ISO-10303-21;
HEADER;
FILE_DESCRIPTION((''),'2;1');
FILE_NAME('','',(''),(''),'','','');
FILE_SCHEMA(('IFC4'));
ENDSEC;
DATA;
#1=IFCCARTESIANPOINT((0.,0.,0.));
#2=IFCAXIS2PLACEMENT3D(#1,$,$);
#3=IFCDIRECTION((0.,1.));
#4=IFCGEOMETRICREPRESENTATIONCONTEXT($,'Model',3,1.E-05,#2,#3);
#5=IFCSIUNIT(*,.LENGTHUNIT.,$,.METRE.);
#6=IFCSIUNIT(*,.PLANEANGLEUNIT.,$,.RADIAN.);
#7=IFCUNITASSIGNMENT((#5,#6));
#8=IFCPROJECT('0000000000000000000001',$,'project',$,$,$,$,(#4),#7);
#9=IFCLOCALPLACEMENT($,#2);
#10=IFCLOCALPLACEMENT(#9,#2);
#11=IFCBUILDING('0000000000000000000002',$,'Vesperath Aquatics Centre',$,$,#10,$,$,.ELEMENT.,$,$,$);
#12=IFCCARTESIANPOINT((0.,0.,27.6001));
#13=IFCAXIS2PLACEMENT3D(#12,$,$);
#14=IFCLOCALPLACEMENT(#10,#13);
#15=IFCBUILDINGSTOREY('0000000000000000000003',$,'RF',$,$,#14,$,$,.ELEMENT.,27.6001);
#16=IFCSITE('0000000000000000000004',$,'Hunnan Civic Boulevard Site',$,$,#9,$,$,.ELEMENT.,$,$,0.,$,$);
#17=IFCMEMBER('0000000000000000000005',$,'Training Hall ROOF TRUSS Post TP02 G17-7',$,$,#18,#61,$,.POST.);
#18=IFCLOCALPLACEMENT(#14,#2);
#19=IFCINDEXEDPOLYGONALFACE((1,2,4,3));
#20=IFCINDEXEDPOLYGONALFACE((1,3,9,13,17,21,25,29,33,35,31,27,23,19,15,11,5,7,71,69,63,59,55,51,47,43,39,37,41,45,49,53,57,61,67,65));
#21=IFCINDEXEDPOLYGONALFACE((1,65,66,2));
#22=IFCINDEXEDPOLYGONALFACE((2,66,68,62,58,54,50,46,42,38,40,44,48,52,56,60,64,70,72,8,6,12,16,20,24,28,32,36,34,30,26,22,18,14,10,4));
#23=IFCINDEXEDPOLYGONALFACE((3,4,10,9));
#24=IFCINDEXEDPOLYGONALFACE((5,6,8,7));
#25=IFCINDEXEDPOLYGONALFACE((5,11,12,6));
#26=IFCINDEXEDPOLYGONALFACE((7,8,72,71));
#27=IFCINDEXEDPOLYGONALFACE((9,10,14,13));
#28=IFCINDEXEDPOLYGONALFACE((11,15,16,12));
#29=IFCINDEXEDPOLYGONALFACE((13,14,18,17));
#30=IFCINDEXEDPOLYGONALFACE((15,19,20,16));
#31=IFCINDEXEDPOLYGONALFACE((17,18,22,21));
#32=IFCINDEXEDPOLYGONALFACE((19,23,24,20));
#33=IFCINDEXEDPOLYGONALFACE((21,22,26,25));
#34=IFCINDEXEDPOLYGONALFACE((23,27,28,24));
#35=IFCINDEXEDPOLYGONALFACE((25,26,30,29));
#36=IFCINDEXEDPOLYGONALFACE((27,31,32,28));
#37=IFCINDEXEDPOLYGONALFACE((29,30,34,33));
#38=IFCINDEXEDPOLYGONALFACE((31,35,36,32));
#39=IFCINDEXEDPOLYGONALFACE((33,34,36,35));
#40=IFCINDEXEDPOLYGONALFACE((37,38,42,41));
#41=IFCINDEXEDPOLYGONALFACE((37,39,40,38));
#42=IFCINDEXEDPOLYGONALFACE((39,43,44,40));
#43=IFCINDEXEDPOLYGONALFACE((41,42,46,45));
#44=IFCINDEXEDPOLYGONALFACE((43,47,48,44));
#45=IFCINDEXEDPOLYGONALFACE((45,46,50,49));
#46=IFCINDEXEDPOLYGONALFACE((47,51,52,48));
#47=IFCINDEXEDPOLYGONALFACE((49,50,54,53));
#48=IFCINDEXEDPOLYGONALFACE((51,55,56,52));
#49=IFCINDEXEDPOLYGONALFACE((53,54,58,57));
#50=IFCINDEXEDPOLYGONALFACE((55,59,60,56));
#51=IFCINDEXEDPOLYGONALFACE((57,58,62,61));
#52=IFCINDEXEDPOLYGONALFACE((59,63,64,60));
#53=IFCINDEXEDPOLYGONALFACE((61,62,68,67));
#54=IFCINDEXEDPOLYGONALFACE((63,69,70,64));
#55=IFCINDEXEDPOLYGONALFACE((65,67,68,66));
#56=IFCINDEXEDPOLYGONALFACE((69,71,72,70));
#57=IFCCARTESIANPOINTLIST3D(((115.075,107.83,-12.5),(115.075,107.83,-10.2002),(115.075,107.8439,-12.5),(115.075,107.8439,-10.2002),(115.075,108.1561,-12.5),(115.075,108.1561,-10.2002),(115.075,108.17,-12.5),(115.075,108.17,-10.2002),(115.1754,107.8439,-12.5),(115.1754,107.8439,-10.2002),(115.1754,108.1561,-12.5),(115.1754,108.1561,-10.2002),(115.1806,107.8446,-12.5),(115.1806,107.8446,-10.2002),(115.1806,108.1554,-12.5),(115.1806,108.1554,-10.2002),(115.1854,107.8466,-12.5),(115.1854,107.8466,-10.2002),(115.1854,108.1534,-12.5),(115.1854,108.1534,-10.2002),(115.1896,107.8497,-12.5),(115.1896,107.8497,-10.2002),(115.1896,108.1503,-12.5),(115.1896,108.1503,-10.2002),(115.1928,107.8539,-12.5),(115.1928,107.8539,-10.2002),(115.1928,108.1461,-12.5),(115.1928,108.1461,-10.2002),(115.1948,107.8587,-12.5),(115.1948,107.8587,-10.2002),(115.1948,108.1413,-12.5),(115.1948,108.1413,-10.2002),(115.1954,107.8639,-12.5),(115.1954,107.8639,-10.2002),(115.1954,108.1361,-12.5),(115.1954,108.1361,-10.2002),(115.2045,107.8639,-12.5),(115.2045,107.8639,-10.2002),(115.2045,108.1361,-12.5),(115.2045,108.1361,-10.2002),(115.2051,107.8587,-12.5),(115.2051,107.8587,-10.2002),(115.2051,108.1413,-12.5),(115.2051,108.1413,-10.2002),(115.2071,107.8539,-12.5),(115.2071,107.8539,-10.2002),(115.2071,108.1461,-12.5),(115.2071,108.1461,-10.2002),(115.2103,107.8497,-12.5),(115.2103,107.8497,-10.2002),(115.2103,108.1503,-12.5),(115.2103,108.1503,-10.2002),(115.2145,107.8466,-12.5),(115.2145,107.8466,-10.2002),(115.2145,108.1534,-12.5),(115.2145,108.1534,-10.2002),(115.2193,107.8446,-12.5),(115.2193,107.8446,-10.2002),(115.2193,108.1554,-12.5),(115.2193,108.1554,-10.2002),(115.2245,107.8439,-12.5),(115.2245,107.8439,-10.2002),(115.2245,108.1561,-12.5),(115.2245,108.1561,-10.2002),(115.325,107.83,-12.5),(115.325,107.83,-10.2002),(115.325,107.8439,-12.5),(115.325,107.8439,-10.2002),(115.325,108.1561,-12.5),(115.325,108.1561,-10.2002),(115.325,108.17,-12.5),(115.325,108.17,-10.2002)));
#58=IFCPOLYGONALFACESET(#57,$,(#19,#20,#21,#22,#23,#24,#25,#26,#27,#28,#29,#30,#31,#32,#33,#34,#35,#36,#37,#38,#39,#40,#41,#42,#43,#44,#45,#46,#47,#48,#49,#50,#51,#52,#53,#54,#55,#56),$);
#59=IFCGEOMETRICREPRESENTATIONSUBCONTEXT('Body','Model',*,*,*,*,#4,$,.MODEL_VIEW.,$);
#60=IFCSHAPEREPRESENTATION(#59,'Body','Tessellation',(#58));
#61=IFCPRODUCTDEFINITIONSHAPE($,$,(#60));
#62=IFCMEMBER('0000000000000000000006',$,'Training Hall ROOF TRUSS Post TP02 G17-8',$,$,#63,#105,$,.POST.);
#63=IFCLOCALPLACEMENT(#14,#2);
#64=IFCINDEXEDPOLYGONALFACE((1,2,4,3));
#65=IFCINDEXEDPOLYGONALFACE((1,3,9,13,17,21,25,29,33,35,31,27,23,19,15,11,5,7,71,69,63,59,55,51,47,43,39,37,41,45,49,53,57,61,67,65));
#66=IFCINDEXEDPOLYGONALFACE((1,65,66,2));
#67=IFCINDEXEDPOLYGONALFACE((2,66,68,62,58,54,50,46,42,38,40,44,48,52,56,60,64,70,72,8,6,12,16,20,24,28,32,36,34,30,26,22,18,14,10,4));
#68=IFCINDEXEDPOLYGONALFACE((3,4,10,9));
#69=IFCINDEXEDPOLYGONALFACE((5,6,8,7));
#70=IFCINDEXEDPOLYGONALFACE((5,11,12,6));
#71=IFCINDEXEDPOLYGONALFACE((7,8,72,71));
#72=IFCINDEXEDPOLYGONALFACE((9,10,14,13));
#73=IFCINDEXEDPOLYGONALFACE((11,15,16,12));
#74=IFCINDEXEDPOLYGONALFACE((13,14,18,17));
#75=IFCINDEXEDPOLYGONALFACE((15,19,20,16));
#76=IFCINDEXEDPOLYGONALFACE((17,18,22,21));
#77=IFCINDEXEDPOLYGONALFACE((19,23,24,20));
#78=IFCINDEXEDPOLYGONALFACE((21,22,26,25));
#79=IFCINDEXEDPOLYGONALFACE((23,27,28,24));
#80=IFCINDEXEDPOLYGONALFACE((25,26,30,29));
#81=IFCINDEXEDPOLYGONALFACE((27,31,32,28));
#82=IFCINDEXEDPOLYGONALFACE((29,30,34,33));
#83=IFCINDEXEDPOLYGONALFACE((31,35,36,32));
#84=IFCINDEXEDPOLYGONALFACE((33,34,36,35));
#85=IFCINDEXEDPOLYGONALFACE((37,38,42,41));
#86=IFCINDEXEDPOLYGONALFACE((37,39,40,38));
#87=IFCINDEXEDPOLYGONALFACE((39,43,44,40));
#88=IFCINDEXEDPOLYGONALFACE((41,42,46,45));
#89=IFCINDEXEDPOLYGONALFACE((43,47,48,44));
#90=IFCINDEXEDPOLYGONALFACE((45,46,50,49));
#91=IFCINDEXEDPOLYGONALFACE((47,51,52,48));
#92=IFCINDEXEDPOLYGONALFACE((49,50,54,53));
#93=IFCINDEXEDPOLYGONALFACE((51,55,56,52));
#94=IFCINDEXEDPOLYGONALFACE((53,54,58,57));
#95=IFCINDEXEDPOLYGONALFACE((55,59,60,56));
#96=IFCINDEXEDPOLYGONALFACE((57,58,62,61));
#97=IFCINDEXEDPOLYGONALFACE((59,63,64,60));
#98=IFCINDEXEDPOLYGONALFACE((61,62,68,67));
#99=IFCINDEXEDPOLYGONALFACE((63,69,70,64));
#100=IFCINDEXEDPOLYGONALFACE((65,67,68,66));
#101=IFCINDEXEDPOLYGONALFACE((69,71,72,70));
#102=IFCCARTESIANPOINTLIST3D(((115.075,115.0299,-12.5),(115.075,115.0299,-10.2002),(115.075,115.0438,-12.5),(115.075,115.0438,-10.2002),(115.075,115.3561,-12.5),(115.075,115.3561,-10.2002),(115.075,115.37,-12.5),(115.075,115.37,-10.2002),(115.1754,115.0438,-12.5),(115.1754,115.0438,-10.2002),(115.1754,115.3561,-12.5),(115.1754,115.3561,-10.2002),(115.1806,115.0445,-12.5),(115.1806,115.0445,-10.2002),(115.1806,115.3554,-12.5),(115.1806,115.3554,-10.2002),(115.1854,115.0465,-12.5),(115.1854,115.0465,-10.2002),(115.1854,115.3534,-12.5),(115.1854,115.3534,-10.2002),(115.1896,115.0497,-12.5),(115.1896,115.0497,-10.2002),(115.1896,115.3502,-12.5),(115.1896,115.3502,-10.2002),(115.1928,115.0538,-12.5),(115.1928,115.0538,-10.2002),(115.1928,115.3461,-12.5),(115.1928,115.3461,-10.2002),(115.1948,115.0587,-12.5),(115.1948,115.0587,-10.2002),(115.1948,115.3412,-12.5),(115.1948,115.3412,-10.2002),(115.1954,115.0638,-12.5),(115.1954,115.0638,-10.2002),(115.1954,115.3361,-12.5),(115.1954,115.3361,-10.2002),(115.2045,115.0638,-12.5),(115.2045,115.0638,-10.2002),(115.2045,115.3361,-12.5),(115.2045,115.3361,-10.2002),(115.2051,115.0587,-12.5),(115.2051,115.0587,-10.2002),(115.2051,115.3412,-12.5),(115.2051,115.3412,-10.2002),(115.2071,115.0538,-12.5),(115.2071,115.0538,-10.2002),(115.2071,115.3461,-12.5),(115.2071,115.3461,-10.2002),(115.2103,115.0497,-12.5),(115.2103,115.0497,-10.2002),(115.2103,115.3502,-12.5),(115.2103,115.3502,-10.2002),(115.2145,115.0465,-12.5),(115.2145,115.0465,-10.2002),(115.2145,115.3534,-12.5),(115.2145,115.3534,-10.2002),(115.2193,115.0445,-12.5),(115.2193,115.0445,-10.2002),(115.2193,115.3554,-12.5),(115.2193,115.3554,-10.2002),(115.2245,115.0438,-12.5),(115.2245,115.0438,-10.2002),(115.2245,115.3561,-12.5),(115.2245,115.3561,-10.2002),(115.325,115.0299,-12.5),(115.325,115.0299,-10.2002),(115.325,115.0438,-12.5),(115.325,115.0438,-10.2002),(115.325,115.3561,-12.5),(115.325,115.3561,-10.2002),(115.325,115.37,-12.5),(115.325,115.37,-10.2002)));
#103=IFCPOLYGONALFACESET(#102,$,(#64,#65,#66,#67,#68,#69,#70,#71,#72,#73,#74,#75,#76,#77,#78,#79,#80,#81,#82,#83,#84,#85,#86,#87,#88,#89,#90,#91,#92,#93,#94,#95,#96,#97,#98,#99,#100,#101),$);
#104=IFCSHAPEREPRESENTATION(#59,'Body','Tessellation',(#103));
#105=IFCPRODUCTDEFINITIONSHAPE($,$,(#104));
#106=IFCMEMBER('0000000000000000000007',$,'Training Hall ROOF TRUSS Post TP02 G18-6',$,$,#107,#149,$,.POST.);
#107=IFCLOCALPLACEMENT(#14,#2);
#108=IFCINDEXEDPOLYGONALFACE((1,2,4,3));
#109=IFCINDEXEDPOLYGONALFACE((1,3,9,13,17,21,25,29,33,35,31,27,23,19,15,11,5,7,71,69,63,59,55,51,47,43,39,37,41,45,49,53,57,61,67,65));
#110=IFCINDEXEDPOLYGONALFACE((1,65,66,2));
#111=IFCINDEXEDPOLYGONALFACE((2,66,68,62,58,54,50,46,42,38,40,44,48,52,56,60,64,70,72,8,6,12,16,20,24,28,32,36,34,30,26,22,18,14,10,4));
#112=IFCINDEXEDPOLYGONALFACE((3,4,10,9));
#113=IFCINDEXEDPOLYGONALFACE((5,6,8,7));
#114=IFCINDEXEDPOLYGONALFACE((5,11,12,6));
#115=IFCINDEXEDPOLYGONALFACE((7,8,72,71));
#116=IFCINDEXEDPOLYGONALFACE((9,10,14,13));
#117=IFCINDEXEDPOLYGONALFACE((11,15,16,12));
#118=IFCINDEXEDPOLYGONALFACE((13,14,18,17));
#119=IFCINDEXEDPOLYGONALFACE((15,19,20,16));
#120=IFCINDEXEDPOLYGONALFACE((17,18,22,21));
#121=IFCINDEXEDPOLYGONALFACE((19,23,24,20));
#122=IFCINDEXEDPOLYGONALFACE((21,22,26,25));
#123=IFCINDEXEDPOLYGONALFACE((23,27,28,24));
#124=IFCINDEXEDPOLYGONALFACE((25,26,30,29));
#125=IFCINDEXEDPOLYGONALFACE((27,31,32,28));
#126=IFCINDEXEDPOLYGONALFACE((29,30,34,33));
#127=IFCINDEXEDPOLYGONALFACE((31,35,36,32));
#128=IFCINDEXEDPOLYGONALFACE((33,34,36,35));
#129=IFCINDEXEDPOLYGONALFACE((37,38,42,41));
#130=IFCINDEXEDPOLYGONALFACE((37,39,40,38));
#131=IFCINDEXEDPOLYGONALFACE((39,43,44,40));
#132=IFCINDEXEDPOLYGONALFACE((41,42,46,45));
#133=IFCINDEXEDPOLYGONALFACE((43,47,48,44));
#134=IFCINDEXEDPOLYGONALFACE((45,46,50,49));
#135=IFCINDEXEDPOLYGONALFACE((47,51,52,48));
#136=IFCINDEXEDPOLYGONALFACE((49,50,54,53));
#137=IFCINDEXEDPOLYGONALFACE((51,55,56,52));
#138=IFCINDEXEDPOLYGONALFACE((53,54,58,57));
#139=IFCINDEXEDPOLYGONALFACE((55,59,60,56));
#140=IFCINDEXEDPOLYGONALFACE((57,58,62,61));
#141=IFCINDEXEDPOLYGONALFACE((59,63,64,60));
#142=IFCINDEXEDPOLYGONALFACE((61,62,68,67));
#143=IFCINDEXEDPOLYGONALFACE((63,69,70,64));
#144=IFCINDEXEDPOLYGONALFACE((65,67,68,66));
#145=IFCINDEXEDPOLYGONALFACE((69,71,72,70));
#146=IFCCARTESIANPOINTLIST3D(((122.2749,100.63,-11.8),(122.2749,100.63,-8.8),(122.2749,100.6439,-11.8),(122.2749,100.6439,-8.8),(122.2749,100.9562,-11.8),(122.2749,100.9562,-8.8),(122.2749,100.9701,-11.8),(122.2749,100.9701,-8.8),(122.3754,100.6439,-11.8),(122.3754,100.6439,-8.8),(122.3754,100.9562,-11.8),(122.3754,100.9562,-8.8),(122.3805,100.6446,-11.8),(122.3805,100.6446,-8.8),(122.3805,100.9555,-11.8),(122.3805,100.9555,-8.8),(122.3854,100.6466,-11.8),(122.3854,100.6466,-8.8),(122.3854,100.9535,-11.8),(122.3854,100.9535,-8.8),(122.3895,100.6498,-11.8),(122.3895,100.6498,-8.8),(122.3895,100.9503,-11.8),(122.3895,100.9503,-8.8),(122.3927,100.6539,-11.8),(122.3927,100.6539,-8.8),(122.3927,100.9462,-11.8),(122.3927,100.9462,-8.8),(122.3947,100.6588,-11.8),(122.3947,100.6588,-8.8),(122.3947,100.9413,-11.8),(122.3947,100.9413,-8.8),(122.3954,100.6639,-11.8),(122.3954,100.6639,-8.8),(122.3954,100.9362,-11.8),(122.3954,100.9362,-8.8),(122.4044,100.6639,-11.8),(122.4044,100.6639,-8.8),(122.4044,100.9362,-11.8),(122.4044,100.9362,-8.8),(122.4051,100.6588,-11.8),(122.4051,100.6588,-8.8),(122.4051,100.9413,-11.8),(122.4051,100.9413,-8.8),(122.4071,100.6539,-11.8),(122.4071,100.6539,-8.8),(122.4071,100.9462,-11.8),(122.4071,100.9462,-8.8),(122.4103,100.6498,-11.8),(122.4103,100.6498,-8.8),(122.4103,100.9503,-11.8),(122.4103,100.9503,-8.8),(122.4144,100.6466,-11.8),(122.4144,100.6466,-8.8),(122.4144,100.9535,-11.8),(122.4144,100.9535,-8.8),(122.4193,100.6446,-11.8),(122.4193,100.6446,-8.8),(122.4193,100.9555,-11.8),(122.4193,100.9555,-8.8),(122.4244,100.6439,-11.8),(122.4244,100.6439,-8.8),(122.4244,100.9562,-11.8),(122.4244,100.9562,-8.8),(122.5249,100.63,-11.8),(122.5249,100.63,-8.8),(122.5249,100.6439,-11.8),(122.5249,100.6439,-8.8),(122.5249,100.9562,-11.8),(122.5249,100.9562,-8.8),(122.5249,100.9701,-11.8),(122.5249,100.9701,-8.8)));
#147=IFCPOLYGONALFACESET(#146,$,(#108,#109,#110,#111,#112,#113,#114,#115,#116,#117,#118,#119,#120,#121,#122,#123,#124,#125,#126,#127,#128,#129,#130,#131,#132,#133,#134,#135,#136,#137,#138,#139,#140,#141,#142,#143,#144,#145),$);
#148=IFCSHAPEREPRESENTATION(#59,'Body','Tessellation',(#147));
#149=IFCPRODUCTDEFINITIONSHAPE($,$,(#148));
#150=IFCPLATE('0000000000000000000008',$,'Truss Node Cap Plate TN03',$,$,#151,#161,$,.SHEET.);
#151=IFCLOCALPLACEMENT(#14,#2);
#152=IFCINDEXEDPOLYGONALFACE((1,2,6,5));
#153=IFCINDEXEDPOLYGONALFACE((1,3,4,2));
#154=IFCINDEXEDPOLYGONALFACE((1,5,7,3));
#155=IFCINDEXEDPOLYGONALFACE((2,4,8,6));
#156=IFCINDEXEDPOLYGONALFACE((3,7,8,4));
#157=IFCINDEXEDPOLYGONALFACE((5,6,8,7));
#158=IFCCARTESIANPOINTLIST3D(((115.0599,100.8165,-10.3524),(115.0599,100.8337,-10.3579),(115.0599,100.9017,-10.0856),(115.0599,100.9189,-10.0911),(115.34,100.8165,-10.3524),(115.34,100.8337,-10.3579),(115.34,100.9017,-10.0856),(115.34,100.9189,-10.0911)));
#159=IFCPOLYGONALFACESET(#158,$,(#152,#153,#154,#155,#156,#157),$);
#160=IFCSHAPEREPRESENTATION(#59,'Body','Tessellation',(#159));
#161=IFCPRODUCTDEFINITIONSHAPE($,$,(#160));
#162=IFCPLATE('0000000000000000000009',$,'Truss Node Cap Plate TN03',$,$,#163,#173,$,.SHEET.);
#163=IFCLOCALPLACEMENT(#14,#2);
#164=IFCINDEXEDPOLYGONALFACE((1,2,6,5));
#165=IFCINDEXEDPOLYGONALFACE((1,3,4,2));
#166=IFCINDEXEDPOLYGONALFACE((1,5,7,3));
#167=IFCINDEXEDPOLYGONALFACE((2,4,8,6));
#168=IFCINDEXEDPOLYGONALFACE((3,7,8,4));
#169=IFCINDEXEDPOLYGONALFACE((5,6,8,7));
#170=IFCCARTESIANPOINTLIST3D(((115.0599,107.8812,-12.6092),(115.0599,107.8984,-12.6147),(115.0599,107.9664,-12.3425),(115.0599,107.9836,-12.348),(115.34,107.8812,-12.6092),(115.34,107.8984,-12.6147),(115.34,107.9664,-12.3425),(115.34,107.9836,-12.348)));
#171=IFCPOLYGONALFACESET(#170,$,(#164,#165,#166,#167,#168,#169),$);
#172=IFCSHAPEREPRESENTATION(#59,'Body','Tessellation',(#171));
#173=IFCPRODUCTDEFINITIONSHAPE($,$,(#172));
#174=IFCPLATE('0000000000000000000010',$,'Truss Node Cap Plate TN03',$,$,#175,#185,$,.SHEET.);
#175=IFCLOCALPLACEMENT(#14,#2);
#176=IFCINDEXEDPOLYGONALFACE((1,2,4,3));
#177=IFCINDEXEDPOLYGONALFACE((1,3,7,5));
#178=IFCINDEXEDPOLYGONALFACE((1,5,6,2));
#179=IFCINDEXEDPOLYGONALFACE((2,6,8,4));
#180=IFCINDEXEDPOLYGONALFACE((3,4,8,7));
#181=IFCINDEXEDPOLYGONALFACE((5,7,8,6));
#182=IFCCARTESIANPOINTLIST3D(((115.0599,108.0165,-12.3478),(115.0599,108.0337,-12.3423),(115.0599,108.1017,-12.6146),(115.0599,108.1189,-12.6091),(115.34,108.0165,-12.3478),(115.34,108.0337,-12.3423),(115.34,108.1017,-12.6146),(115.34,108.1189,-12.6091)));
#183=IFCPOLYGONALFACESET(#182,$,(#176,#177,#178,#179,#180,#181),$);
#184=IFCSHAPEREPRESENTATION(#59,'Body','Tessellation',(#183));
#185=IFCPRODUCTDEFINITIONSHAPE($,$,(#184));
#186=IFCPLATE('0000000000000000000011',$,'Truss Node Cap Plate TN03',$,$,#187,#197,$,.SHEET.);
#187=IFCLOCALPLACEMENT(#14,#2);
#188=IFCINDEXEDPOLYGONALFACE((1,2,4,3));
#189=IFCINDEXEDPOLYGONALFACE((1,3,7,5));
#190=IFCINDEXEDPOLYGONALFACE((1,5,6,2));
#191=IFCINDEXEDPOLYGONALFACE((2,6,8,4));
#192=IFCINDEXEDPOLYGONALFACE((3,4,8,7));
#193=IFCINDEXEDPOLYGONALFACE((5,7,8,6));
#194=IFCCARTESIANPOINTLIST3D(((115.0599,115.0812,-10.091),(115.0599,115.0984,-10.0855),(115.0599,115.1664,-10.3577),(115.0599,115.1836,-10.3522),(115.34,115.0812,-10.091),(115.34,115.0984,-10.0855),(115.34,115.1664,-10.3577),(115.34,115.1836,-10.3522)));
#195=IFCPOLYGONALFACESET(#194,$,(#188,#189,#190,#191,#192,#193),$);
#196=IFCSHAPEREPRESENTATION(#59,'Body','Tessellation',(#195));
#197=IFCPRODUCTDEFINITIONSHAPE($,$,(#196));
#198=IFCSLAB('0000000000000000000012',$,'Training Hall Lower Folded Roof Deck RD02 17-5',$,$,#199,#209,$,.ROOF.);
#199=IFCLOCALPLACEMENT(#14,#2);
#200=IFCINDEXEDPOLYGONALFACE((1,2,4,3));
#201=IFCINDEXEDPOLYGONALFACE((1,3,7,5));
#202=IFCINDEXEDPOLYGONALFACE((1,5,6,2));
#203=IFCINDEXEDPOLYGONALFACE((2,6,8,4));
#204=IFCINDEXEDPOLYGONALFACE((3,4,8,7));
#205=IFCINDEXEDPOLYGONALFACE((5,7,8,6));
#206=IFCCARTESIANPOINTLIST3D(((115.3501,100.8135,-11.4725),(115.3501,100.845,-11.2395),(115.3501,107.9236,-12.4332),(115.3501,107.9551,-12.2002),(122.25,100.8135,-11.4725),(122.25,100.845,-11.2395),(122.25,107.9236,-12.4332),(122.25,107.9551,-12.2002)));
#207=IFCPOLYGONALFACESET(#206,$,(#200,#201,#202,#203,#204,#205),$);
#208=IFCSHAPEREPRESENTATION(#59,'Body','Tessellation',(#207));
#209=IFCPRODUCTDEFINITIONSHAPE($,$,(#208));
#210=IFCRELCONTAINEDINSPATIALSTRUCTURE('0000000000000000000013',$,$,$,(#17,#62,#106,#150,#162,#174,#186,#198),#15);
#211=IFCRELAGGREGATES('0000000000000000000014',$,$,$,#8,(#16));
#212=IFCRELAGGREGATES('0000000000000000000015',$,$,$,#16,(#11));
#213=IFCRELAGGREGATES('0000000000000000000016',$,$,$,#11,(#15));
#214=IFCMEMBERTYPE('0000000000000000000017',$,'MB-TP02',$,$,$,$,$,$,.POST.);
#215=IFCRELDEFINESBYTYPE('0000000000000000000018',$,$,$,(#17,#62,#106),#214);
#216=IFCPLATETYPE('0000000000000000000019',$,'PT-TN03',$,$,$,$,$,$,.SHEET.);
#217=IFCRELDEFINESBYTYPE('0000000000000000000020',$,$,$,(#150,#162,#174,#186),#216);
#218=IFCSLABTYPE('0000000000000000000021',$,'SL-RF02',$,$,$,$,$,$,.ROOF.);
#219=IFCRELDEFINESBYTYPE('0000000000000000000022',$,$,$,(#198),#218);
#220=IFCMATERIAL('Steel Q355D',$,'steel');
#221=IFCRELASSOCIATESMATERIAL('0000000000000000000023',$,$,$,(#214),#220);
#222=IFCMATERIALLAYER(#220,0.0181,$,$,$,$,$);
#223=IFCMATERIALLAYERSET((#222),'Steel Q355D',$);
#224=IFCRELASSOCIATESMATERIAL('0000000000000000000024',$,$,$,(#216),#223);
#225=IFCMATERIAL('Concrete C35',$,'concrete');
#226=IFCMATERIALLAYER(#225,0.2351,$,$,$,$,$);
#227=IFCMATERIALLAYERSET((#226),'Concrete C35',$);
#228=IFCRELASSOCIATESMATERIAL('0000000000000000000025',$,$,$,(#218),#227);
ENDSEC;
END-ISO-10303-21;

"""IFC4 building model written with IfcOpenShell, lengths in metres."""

from ifc_helpers import new_model, si_unit, direction, frame, origin, origin_2d, place, context, subcontext, project, spatial, polyline, rectangle, i_section, outline, extrude, material, layer, layer_set, material_profile, profile_set, type_object, element, save


model = new_model("IFC4")

# Units and contexts
model_context = context("Model", 3, precision=1e-05, world=origin(), true_north=direction((0.0, 1.0)))
body_context = subcontext(model_context, "Body", "Model", "MODEL_VIEW")
ifc_project = project(units=[si_unit("LENGTHUNIT", "METRE"), si_unit("PLANEANGLEUNIT", "RADIAN")], contexts=[model_context])

# Site, building, storey
site_placement = place(None, origin())
site = spatial("IfcSite", under=ifc_project, at=site_placement, Name="Hunnan Civic Boulevard Site", CompositionType="ELEMENT", RefElevation=0.0)
building_placement = place(site_placement, origin())
building = spatial("IfcBuilding", under=site, at=building_placement, Name="Vesperath Aquatics Centre", CompositionType="ELEMENT")
storey_placement = place(building_placement, frame((0.0, 0.0, 27.6001)))
storey = spatial("IfcBuildingStorey", under=building, at=storey_placement, Name="RF", CompositionType="ELEMENT", Elevation=27.6001)

# Members
ifc_material_1 = material(Name="Steel Q355D", Category="steel")
ifc_material_profile_1 = material_profile(ifc_material_1, i_section(OverallWidth=0.25, OverallDepth=0.3401, WebThickness=0.009, FlangeThickness=0.0139, FilletRadius=0.02, at=origin_2d()), Name="HM 340x250x9x14")
ifc_profile_set_1 = profile_set([ifc_material_profile_1], Name="Steel Q355D")
member_type_1 = type_object("IfcMemberType", Name="MB-TP02", PredefinedType="POST", material=ifc_profile_set_1)
for number, where, z_axis, x_axis, name in (
    (1, (115.2, 108.0, -12.5), (0.0, 0.0, 1.0), (1.0, 0.0, 0.0), "Training Hall ROOF TRUSS Post TP02 G17-7"),
    (2, (115.2, 115.2, -12.5), (0.0, 0.0, 1.0), (1.0, 0.0, 0.0), "Training Hall ROOF TRUSS Post TP02 G17-8"),
):
    element("IfcMember", number, at=place(storey_placement, frame(where, z_axis=z_axis, x_axis=x_axis)), inside=storey, type_object=member_type_1, Name=name, PredefinedType="POST", context=body_context, shape_type="SweptSolid", body=[
        extrude(i_section(OverallWidth=0.25, OverallDepth=0.3401, WebThickness=0.009, FlangeThickness=0.0139, FilletRadius=0.02, at=origin_2d()), origin(), (0.0, 0.0, 1.0), 2.2998),
    ])
member_placement = place(storey_placement, frame((122.3999, 100.8, -11.8), z_axis=(0.0, 0.0, 1.0), x_axis=(1.0, 0.0, 0.0)))
element("IfcMember", 3, at=member_placement, inside=storey, type_object=member_type_1, Name="Training Hall ROOF TRUSS Post TP02 G18-6", PredefinedType="POST", context=body_context, shape_type="SweptSolid", body=[
    extrude(i_section(OverallWidth=0.25, OverallDepth=0.3401, WebThickness=0.009, FlangeThickness=0.0139, FilletRadius=0.02, at=origin_2d()), origin(), (0.0, 0.0, 1.0), 3.0),
])

# Plates
ifc_layer_1 = layer(ifc_material_1, 0.0181)
ifc_layer_set_1 = layer_set([ifc_layer_1], Name="Steel Q355D")
plate_type = type_object("IfcPlateType", Name="PT-TN03", PredefinedType="SHEET", material=ifc_layer_set_1)
for number, where, z_axis, x_axis, name in (
    (4, (115.2, 100.8591, -10.219), (0.0, 0.952578, -0.304296), (-1.0, 0.0, 0.0), "Truss Node Cap Plate TN03"),
    (5, (115.2, 107.9238, -12.4758), (0.0, 0.952578, -0.304296), (-1.0, 0.0, 0.0), "Truss Node Cap Plate TN03"),
    (6, (115.2, 108.0591, -12.4812), (0.0, 0.952578, 0.304296), (-1.0, 0.0, 0.0), "Truss Node Cap Plate TN03"),
    (7, (115.2, 115.1238, -10.2244), (0.0, 0.952578, 0.304296), (-1.0, 0.0, 0.0), "Truss Node Cap Plate TN03"),
):
    element("IfcPlate", number, at=place(storey_placement, frame(where, z_axis=z_axis, x_axis=x_axis)), inside=storey, type_object=plate_type, Name=name, PredefinedType="SHEET", context=body_context, shape_type="SweptSolid", body=[
        extrude(rectangle(XDim=0.28, YDim=0.28, at=origin_2d()), origin(), (0.0, 0.0, 1.0), 0.0181),
    ])

# Slab
ifc_material_2 = material(Name="Concrete C35", Category="concrete")
ifc_layer_2 = layer(ifc_material_2, 0.2351)
ifc_layer_set_2 = layer_set([ifc_layer_2], Name="Concrete C35")
slab_type = type_object("IfcSlabType", Name="SL-RF02", PredefinedType="ROOF", material=ifc_layer_set_2)
for number, where, z_axis, x_axis, name in (
    (8, (115.3501, 100.845, -11.2395), (0.0, 0.1339, 0.990995), (1.0, 0.0, 0.0), "Training Hall Lower Folded Roof Deck RD02 17-5"),
):
    element("IfcSlab", number, at=place(storey_placement, frame(where, z_axis=z_axis, x_axis=x_axis)), inside=storey, type_object=slab_type, Name=name, PredefinedType="ROOF", context=body_context, shape_type="SweptSolid", body=[
        extrude(outline(polyline([(0.0, 0.0), (6.8999, 0.0), (6.8999, 7.1747), (0.0, 7.1747), (0.0, 0.0)])), origin(), (0.0, 0.0, -1.0), 0.2351),
    ])

save(model, "model.ifc")
